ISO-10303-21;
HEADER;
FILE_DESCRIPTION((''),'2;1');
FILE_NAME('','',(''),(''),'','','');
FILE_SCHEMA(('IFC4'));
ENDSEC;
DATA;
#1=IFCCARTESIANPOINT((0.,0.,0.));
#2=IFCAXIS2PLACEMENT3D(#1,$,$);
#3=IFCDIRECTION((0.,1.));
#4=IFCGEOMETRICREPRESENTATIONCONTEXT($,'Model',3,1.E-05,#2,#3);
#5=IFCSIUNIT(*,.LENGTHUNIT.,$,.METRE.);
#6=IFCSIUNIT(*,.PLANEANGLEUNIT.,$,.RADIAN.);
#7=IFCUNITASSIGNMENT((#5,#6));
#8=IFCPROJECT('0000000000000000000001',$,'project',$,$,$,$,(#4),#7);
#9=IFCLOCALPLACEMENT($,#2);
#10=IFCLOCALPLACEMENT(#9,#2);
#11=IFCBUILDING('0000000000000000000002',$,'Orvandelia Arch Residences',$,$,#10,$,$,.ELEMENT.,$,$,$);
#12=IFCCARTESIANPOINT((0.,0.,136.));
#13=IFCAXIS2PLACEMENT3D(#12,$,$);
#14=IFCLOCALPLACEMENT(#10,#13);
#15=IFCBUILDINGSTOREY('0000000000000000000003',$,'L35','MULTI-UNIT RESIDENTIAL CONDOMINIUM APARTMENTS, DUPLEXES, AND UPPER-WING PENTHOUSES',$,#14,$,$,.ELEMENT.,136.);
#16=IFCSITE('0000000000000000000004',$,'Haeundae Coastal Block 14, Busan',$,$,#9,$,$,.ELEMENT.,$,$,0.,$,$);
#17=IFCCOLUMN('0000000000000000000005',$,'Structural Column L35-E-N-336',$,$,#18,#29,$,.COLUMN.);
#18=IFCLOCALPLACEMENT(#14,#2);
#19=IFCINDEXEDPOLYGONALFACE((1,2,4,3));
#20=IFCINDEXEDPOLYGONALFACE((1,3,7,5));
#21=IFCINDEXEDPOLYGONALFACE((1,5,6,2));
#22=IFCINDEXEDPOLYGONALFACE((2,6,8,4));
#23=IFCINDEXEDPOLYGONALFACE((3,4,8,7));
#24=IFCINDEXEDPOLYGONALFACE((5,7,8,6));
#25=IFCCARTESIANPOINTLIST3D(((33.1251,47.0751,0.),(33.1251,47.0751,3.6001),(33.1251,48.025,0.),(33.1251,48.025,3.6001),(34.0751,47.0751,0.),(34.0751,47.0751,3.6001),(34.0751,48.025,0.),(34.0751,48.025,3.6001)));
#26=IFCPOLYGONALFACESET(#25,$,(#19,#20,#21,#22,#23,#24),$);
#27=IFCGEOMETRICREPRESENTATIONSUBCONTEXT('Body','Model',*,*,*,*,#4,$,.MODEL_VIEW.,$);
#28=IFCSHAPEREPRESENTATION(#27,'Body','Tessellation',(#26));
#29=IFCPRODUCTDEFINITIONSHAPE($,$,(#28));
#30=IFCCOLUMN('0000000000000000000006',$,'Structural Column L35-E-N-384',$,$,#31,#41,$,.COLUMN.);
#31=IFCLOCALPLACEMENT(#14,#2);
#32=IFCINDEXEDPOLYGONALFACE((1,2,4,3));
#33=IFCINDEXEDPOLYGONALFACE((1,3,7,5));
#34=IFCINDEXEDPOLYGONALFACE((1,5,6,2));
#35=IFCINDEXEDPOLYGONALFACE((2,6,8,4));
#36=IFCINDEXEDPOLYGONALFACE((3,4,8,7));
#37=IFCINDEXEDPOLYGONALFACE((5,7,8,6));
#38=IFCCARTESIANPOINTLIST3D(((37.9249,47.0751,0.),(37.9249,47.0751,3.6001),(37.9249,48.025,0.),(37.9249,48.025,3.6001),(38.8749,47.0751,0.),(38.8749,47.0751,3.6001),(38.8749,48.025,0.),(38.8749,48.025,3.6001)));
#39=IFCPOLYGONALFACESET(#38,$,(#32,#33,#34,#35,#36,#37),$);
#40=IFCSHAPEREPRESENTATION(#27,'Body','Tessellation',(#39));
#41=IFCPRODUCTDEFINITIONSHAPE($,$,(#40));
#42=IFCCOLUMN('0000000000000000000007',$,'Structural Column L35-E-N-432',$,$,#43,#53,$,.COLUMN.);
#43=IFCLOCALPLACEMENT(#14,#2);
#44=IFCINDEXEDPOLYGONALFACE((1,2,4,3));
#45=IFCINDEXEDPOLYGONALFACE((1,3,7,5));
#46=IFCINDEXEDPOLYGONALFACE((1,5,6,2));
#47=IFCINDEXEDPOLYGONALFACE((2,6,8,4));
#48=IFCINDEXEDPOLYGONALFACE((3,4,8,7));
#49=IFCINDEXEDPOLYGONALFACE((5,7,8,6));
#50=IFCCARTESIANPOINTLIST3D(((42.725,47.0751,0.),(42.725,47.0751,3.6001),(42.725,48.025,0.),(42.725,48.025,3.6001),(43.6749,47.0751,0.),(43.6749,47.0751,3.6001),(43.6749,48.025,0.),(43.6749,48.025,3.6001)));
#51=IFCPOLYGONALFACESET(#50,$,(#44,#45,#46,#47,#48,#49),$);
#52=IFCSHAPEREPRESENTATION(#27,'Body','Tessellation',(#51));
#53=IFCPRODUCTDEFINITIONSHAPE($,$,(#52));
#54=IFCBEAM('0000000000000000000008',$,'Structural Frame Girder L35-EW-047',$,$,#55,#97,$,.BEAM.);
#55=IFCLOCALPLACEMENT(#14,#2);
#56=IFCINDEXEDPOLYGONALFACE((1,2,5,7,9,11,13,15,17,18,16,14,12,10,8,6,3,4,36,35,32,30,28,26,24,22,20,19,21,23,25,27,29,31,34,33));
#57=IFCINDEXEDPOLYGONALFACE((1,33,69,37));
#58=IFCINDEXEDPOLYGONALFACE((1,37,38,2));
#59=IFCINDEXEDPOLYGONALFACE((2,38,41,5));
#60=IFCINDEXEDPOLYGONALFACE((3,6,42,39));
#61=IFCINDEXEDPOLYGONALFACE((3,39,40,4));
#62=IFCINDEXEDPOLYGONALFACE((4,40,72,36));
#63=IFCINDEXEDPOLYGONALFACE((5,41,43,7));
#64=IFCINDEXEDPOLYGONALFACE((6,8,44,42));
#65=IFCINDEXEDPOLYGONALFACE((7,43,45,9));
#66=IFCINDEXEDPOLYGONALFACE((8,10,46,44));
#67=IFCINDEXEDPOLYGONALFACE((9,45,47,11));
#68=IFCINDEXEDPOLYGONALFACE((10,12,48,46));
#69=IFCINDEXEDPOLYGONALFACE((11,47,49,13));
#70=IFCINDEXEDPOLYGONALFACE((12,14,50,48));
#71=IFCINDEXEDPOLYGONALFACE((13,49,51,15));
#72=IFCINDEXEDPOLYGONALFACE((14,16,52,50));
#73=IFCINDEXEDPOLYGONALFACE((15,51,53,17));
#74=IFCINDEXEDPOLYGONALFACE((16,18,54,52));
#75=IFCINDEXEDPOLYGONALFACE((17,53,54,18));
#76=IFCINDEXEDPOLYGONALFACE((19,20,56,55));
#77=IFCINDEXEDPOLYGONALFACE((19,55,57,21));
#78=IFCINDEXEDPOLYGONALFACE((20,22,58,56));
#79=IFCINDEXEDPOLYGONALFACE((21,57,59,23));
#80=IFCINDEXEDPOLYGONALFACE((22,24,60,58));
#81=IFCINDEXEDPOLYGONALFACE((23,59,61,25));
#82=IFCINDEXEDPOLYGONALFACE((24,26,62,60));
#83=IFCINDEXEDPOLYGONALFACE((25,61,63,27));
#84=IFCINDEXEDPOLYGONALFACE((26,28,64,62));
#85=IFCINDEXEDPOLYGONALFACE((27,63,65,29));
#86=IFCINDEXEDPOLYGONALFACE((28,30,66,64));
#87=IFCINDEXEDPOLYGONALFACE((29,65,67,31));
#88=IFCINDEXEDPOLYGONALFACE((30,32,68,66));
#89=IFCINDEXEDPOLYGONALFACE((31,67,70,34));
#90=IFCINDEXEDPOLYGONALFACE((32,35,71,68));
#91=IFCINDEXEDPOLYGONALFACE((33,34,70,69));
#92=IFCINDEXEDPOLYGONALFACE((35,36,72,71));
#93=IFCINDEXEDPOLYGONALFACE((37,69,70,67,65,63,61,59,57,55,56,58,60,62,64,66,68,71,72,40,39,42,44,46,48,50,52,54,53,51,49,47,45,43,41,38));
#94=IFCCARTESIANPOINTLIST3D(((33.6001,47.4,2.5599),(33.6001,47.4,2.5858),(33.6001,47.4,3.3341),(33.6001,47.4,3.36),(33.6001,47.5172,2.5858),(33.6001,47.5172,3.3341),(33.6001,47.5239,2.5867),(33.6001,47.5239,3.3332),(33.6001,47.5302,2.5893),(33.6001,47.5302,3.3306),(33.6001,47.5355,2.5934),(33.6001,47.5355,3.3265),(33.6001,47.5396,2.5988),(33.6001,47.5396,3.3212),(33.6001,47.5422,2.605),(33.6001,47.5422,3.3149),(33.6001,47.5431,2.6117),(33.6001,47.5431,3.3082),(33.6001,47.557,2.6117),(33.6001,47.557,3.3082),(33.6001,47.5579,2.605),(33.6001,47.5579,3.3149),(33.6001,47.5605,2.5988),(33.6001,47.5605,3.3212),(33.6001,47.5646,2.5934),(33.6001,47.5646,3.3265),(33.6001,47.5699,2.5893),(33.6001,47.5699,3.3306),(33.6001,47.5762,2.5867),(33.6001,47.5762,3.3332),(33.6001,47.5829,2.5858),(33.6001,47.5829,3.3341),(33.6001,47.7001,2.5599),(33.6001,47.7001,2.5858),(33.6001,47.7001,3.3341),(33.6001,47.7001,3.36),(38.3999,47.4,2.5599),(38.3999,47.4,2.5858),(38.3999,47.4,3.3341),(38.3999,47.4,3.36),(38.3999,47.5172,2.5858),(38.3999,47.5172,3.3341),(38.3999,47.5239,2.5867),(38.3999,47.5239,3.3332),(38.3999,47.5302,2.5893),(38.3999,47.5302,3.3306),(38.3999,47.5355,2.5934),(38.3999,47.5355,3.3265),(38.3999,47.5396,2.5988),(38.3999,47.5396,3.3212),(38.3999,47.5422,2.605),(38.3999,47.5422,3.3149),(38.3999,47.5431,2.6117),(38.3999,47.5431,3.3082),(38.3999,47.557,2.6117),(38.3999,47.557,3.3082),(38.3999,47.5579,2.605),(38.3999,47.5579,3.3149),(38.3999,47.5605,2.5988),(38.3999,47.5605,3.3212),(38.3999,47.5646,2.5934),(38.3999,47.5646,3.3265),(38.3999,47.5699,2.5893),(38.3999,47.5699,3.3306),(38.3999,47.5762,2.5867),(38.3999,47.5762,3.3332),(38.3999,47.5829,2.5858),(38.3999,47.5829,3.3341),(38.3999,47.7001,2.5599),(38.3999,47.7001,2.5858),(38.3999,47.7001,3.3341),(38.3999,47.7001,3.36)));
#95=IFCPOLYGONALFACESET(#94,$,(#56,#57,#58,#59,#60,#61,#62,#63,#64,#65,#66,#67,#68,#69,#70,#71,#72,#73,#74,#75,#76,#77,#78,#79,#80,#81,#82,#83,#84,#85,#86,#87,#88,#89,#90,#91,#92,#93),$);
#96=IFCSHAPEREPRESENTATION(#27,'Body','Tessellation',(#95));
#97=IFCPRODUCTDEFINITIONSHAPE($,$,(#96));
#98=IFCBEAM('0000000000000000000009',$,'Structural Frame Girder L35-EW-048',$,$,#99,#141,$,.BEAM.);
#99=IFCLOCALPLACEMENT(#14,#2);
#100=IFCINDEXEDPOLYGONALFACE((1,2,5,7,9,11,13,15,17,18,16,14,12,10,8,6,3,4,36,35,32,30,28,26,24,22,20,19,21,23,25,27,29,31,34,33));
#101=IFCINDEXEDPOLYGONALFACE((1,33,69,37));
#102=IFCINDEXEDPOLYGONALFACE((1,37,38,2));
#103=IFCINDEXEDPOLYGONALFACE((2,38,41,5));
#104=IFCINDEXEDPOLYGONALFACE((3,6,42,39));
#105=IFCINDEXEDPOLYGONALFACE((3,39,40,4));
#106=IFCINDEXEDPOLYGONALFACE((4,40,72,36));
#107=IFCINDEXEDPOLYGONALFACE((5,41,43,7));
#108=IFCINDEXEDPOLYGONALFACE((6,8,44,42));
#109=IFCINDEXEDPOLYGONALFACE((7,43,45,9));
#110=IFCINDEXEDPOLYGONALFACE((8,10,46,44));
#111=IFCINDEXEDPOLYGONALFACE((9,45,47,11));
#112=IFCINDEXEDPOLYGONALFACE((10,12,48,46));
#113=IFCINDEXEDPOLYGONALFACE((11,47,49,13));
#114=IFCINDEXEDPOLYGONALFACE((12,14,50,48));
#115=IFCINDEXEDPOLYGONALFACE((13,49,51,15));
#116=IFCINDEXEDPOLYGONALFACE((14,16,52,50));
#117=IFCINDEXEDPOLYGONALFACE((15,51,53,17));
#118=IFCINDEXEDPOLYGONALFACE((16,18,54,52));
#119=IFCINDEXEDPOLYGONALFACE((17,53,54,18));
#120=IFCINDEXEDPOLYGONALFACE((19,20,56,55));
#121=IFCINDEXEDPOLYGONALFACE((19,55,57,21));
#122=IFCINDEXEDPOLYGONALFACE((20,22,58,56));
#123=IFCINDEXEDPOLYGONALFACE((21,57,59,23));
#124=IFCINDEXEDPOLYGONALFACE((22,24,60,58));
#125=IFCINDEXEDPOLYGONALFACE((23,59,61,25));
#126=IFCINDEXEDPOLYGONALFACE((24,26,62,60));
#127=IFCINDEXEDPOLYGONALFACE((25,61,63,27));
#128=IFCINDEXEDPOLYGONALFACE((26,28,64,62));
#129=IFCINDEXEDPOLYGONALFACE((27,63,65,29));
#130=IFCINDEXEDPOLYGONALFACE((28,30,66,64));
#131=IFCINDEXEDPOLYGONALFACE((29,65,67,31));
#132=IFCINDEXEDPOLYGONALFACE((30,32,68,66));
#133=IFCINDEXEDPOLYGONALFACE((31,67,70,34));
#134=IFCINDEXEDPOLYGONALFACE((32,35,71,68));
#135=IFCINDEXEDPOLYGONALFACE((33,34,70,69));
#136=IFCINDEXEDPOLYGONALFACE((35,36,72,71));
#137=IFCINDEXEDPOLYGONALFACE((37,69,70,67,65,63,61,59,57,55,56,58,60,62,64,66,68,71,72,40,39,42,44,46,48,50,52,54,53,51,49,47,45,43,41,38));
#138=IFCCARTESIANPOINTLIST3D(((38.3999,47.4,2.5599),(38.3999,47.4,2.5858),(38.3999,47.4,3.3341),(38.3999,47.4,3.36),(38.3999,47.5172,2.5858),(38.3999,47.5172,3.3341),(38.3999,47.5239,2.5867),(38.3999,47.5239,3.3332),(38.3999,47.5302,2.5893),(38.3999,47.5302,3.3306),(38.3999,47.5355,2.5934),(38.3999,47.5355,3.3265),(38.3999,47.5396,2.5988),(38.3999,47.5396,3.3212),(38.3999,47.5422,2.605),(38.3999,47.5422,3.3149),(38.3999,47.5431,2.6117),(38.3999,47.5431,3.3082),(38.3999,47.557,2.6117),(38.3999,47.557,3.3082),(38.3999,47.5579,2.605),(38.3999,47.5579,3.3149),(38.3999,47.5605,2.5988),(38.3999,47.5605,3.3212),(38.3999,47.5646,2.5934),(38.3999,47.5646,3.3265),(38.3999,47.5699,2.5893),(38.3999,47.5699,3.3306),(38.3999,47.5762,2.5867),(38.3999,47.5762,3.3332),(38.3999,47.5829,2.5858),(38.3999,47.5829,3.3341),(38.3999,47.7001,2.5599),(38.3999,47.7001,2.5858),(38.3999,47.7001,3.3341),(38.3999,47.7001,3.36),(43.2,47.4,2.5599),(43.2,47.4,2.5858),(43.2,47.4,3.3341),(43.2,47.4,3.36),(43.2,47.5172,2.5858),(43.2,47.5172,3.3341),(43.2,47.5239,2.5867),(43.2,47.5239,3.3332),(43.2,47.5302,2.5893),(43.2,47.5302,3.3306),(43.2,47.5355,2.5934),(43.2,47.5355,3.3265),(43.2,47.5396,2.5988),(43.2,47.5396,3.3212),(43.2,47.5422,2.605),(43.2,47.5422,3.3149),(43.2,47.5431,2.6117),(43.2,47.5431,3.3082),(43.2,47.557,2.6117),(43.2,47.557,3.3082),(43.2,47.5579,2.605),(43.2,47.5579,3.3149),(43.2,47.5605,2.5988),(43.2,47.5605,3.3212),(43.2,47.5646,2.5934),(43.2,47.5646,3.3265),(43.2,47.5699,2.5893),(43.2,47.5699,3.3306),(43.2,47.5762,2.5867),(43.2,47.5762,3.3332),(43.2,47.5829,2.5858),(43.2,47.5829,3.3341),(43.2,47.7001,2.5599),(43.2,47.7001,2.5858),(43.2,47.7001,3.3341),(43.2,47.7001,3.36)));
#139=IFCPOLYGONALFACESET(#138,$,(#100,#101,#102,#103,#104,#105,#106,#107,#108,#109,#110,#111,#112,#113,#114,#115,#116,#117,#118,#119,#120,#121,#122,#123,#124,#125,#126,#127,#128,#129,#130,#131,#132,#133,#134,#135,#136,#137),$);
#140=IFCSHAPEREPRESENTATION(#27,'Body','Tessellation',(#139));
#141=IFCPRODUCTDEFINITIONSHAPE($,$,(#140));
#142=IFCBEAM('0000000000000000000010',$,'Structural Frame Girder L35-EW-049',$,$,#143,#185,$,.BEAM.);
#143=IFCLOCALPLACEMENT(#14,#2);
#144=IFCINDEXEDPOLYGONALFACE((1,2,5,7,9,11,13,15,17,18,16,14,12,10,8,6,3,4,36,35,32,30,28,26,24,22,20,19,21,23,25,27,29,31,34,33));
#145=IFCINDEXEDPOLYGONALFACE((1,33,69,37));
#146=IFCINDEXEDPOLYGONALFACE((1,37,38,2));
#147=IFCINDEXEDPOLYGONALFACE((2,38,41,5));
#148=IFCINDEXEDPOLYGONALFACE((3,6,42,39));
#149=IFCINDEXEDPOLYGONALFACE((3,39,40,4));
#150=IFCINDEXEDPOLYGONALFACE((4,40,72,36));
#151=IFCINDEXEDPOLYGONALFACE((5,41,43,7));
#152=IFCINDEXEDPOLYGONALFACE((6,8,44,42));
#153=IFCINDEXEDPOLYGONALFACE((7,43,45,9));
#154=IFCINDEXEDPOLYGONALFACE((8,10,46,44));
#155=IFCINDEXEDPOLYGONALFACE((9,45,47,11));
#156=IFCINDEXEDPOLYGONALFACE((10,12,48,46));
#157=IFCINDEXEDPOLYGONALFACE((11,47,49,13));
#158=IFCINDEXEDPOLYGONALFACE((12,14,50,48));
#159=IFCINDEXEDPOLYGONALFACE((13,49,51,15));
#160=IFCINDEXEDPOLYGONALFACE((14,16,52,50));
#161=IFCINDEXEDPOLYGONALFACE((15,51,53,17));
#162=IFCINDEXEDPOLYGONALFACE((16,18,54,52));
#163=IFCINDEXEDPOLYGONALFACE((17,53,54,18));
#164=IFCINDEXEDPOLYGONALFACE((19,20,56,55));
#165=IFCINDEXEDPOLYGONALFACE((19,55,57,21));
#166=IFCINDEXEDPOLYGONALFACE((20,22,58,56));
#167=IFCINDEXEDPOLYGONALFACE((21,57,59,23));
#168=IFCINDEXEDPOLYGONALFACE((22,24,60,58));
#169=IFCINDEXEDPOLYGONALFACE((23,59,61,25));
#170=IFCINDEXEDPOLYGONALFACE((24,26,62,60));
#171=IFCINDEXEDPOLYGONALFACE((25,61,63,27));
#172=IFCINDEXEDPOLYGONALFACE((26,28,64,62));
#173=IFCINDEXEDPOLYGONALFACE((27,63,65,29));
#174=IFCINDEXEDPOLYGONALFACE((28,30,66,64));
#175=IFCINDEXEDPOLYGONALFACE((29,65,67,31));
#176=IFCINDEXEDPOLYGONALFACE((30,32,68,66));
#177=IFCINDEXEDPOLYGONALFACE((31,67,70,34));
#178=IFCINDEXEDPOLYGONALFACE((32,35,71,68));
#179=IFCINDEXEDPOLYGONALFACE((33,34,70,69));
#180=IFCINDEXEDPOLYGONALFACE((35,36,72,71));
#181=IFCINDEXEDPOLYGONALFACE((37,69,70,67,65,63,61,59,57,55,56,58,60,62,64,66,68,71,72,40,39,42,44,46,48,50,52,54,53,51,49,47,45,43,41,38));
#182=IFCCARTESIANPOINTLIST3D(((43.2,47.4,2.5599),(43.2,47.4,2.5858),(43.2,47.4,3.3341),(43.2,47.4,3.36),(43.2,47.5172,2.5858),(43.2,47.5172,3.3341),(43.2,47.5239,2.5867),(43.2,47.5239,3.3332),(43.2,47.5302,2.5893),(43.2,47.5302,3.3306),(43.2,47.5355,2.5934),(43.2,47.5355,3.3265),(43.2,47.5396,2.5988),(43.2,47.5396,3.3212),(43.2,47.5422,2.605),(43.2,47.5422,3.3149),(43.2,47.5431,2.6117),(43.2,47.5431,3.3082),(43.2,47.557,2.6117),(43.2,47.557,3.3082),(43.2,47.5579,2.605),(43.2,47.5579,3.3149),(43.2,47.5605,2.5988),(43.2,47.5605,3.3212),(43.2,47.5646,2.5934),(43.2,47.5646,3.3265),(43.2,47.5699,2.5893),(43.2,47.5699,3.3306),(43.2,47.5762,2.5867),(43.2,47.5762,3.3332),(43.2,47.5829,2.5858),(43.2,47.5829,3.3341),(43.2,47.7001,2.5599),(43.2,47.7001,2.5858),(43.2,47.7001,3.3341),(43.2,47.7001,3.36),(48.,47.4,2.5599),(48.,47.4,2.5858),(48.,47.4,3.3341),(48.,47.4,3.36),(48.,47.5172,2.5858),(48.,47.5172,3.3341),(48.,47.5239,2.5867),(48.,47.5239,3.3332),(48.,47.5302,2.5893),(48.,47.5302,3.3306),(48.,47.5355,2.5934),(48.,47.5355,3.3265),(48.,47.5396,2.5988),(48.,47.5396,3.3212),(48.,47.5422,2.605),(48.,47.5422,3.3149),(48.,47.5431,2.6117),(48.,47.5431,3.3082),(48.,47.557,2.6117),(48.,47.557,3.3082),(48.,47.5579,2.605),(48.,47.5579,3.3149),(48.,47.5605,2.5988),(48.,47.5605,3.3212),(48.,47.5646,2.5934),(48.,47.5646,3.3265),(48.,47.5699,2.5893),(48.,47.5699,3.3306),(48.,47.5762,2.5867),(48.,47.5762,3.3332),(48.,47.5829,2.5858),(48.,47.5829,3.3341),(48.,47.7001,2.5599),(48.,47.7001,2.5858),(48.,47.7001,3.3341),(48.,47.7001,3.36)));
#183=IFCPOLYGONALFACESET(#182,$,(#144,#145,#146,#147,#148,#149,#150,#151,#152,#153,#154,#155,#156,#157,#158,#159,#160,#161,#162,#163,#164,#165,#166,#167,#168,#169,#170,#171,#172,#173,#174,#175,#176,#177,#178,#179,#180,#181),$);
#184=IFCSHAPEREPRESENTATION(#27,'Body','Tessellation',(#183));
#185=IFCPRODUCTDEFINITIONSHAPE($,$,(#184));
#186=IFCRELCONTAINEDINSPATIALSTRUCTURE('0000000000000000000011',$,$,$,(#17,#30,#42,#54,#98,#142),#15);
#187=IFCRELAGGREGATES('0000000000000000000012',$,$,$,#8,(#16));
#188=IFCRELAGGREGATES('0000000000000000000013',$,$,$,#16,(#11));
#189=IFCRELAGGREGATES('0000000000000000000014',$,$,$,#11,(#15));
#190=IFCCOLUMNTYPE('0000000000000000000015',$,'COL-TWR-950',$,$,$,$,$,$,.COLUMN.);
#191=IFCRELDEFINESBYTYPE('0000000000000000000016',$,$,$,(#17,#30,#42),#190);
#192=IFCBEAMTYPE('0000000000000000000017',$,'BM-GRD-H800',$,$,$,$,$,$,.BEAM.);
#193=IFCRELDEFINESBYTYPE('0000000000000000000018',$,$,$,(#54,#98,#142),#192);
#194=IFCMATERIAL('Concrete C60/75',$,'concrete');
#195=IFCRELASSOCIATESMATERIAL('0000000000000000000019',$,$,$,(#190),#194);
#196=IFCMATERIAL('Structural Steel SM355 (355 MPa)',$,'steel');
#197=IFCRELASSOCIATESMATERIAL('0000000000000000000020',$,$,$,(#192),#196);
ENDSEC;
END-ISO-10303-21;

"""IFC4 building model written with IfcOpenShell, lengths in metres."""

from ifc_helpers import new_model, si_unit, direction, frame, origin, origin_2d, place, context, subcontext, project, spatial, rectangle, i_section, extrude, material, material_profile, profile_set, type_object, element, save


model = new_model("IFC4")

# Units and contexts
model_context = context("Model", 3, precision=1e-05, world=origin(), true_north=direction((0.0, 1.0)))
body_context = subcontext(model_context, "Body", "Model", "MODEL_VIEW")
ifc_project = project(units=[si_unit("LENGTHUNIT", "METRE"), si_unit("PLANEANGLEUNIT", "RADIAN")], contexts=[model_context])

# Site, building, storey
site_placement = place(None, origin())
site = spatial("IfcSite", under=ifc_project, at=site_placement, Name="Haeundae Coastal Block 14, Busan", CompositionType="ELEMENT", RefElevation=0.0)
building_placement = place(site_placement, origin())
building = spatial("IfcBuilding", under=site, at=building_placement, Name="Orvandelia Arch Residences", CompositionType="ELEMENT")
storey_placement = place(building_placement, frame((0.0, 0.0, 136.0)))
storey = spatial("IfcBuildingStorey", under=building, at=storey_placement, Name="L35", Description="MULTI-UNIT RESIDENTIAL CONDOMINIUM APARTMENTS, DUPLEXES, AND UPPER-WING PENTHOUSES", CompositionType="ELEMENT", Elevation=136.0)

# Columns
ifc_material_1 = material(Name="Concrete C60/75", Category="concrete")
ifc_material_profile_1 = material_profile(ifc_material_1, rectangle(XDim=0.95, YDim=0.95, at=origin_2d()), Name="Concrete C60/75", Category="concrete")
ifc_profile_set_1 = profile_set([ifc_material_profile_1], Name="Concrete C60/75")
column_type = type_object("IfcColumnType", Name="COL-TWR-950", PredefinedType="COLUMN", material=ifc_profile_set_1)
for number, where, z_axis, x_axis, name in (
    (1, (33.6001, 47.55, 0.0), (0.0, 0.0, 1.0), (1.0, 0.0, 0.0), "Structural Column L35-E-N-336"),
    (2, (38.3999, 47.55, 0.0), (0.0, 0.0, 1.0), (1.0, 0.0, 0.0), "Structural Column L35-E-N-384"),
    (3, (43.2, 47.55, 0.0), (0.0, 0.0, 1.0), (1.0, 0.0, 0.0), "Structural Column L35-E-N-432"),
):
    element("IfcColumn", number, at=place(storey_placement, frame(where, z_axis=z_axis, x_axis=x_axis)), inside=storey, type_object=column_type, Name=name, PredefinedType="COLUMN", context=body_context, shape_type="SweptSolid", body=[
        extrude(rectangle(XDim=0.95, YDim=0.95, at=origin_2d()), origin(), (0.0, 0.0, 1.0), 3.6001),
    ])

# Beams
ifc_material_2 = material(Name="Structural Steel SM355 (355 MPa)", Category="steel")
ifc_material_profile_2 = material_profile(ifc_material_2, i_section(OverallWidth=0.3, OverallDepth=0.8, WebThickness=0.0139, FlangeThickness=0.0259, FilletRadius=0.0259, at=origin_2d()), Name="Structural Steel SM355 (355 MPa)", Category="steel")
ifc_profile_set_2 = profile_set([ifc_material_profile_2], Name="Structural Steel SM355 (355 MPa)")
beam_type = type_object("IfcBeamType", Name="BM-GRD-H800", PredefinedType="BEAM", material=ifc_profile_set_2)
beam_placement = place(storey_placement, frame((33.6001, 47.55, 2.96), z_axis=(1.0, 0.0, 0.0), x_axis=(0.0, 1.0, 0.0)))
element("IfcBeam", 4, at=beam_placement, inside=storey, type_object=beam_type, Name="Structural Frame Girder L35-EW-047", PredefinedType="BEAM", context=body_context, shape_type="SweptSolid", body=[
    extrude(i_section(OverallWidth=0.3, OverallDepth=0.8, WebThickness=0.0139, FlangeThickness=0.0259, FilletRadius=0.0259, at=origin_2d()), origin(), (0.0, 0.0, 1.0), 4.7998),
])
for number, where, z_axis, x_axis, name in (
    (5, (38.3999, 47.55, 2.96), (1.0, 0.0, 0.0), (0.0, 1.0, 0.0), "Structural Frame Girder L35-EW-048"),
    (6, (43.2, 47.55, 2.96), (1.0, 0.0, 0.0), (0.0, 1.0, 0.0), "Structural Frame Girder L35-EW-049"),
):
    element("IfcBeam", number, at=place(storey_placement, frame(where, z_axis=z_axis, x_axis=x_axis)), inside=storey, type_object=beam_type, Name=name, PredefinedType="BEAM", context=body_context, shape_type="SweptSolid", body=[
        extrude(i_section(OverallWidth=0.3, OverallDepth=0.8, WebThickness=0.0139, FlangeThickness=0.0259, FilletRadius=0.0259, at=origin_2d()), origin(), (0.0, 0.0, 1.0), 4.8),
    ])

save(model, "model.ifc")
